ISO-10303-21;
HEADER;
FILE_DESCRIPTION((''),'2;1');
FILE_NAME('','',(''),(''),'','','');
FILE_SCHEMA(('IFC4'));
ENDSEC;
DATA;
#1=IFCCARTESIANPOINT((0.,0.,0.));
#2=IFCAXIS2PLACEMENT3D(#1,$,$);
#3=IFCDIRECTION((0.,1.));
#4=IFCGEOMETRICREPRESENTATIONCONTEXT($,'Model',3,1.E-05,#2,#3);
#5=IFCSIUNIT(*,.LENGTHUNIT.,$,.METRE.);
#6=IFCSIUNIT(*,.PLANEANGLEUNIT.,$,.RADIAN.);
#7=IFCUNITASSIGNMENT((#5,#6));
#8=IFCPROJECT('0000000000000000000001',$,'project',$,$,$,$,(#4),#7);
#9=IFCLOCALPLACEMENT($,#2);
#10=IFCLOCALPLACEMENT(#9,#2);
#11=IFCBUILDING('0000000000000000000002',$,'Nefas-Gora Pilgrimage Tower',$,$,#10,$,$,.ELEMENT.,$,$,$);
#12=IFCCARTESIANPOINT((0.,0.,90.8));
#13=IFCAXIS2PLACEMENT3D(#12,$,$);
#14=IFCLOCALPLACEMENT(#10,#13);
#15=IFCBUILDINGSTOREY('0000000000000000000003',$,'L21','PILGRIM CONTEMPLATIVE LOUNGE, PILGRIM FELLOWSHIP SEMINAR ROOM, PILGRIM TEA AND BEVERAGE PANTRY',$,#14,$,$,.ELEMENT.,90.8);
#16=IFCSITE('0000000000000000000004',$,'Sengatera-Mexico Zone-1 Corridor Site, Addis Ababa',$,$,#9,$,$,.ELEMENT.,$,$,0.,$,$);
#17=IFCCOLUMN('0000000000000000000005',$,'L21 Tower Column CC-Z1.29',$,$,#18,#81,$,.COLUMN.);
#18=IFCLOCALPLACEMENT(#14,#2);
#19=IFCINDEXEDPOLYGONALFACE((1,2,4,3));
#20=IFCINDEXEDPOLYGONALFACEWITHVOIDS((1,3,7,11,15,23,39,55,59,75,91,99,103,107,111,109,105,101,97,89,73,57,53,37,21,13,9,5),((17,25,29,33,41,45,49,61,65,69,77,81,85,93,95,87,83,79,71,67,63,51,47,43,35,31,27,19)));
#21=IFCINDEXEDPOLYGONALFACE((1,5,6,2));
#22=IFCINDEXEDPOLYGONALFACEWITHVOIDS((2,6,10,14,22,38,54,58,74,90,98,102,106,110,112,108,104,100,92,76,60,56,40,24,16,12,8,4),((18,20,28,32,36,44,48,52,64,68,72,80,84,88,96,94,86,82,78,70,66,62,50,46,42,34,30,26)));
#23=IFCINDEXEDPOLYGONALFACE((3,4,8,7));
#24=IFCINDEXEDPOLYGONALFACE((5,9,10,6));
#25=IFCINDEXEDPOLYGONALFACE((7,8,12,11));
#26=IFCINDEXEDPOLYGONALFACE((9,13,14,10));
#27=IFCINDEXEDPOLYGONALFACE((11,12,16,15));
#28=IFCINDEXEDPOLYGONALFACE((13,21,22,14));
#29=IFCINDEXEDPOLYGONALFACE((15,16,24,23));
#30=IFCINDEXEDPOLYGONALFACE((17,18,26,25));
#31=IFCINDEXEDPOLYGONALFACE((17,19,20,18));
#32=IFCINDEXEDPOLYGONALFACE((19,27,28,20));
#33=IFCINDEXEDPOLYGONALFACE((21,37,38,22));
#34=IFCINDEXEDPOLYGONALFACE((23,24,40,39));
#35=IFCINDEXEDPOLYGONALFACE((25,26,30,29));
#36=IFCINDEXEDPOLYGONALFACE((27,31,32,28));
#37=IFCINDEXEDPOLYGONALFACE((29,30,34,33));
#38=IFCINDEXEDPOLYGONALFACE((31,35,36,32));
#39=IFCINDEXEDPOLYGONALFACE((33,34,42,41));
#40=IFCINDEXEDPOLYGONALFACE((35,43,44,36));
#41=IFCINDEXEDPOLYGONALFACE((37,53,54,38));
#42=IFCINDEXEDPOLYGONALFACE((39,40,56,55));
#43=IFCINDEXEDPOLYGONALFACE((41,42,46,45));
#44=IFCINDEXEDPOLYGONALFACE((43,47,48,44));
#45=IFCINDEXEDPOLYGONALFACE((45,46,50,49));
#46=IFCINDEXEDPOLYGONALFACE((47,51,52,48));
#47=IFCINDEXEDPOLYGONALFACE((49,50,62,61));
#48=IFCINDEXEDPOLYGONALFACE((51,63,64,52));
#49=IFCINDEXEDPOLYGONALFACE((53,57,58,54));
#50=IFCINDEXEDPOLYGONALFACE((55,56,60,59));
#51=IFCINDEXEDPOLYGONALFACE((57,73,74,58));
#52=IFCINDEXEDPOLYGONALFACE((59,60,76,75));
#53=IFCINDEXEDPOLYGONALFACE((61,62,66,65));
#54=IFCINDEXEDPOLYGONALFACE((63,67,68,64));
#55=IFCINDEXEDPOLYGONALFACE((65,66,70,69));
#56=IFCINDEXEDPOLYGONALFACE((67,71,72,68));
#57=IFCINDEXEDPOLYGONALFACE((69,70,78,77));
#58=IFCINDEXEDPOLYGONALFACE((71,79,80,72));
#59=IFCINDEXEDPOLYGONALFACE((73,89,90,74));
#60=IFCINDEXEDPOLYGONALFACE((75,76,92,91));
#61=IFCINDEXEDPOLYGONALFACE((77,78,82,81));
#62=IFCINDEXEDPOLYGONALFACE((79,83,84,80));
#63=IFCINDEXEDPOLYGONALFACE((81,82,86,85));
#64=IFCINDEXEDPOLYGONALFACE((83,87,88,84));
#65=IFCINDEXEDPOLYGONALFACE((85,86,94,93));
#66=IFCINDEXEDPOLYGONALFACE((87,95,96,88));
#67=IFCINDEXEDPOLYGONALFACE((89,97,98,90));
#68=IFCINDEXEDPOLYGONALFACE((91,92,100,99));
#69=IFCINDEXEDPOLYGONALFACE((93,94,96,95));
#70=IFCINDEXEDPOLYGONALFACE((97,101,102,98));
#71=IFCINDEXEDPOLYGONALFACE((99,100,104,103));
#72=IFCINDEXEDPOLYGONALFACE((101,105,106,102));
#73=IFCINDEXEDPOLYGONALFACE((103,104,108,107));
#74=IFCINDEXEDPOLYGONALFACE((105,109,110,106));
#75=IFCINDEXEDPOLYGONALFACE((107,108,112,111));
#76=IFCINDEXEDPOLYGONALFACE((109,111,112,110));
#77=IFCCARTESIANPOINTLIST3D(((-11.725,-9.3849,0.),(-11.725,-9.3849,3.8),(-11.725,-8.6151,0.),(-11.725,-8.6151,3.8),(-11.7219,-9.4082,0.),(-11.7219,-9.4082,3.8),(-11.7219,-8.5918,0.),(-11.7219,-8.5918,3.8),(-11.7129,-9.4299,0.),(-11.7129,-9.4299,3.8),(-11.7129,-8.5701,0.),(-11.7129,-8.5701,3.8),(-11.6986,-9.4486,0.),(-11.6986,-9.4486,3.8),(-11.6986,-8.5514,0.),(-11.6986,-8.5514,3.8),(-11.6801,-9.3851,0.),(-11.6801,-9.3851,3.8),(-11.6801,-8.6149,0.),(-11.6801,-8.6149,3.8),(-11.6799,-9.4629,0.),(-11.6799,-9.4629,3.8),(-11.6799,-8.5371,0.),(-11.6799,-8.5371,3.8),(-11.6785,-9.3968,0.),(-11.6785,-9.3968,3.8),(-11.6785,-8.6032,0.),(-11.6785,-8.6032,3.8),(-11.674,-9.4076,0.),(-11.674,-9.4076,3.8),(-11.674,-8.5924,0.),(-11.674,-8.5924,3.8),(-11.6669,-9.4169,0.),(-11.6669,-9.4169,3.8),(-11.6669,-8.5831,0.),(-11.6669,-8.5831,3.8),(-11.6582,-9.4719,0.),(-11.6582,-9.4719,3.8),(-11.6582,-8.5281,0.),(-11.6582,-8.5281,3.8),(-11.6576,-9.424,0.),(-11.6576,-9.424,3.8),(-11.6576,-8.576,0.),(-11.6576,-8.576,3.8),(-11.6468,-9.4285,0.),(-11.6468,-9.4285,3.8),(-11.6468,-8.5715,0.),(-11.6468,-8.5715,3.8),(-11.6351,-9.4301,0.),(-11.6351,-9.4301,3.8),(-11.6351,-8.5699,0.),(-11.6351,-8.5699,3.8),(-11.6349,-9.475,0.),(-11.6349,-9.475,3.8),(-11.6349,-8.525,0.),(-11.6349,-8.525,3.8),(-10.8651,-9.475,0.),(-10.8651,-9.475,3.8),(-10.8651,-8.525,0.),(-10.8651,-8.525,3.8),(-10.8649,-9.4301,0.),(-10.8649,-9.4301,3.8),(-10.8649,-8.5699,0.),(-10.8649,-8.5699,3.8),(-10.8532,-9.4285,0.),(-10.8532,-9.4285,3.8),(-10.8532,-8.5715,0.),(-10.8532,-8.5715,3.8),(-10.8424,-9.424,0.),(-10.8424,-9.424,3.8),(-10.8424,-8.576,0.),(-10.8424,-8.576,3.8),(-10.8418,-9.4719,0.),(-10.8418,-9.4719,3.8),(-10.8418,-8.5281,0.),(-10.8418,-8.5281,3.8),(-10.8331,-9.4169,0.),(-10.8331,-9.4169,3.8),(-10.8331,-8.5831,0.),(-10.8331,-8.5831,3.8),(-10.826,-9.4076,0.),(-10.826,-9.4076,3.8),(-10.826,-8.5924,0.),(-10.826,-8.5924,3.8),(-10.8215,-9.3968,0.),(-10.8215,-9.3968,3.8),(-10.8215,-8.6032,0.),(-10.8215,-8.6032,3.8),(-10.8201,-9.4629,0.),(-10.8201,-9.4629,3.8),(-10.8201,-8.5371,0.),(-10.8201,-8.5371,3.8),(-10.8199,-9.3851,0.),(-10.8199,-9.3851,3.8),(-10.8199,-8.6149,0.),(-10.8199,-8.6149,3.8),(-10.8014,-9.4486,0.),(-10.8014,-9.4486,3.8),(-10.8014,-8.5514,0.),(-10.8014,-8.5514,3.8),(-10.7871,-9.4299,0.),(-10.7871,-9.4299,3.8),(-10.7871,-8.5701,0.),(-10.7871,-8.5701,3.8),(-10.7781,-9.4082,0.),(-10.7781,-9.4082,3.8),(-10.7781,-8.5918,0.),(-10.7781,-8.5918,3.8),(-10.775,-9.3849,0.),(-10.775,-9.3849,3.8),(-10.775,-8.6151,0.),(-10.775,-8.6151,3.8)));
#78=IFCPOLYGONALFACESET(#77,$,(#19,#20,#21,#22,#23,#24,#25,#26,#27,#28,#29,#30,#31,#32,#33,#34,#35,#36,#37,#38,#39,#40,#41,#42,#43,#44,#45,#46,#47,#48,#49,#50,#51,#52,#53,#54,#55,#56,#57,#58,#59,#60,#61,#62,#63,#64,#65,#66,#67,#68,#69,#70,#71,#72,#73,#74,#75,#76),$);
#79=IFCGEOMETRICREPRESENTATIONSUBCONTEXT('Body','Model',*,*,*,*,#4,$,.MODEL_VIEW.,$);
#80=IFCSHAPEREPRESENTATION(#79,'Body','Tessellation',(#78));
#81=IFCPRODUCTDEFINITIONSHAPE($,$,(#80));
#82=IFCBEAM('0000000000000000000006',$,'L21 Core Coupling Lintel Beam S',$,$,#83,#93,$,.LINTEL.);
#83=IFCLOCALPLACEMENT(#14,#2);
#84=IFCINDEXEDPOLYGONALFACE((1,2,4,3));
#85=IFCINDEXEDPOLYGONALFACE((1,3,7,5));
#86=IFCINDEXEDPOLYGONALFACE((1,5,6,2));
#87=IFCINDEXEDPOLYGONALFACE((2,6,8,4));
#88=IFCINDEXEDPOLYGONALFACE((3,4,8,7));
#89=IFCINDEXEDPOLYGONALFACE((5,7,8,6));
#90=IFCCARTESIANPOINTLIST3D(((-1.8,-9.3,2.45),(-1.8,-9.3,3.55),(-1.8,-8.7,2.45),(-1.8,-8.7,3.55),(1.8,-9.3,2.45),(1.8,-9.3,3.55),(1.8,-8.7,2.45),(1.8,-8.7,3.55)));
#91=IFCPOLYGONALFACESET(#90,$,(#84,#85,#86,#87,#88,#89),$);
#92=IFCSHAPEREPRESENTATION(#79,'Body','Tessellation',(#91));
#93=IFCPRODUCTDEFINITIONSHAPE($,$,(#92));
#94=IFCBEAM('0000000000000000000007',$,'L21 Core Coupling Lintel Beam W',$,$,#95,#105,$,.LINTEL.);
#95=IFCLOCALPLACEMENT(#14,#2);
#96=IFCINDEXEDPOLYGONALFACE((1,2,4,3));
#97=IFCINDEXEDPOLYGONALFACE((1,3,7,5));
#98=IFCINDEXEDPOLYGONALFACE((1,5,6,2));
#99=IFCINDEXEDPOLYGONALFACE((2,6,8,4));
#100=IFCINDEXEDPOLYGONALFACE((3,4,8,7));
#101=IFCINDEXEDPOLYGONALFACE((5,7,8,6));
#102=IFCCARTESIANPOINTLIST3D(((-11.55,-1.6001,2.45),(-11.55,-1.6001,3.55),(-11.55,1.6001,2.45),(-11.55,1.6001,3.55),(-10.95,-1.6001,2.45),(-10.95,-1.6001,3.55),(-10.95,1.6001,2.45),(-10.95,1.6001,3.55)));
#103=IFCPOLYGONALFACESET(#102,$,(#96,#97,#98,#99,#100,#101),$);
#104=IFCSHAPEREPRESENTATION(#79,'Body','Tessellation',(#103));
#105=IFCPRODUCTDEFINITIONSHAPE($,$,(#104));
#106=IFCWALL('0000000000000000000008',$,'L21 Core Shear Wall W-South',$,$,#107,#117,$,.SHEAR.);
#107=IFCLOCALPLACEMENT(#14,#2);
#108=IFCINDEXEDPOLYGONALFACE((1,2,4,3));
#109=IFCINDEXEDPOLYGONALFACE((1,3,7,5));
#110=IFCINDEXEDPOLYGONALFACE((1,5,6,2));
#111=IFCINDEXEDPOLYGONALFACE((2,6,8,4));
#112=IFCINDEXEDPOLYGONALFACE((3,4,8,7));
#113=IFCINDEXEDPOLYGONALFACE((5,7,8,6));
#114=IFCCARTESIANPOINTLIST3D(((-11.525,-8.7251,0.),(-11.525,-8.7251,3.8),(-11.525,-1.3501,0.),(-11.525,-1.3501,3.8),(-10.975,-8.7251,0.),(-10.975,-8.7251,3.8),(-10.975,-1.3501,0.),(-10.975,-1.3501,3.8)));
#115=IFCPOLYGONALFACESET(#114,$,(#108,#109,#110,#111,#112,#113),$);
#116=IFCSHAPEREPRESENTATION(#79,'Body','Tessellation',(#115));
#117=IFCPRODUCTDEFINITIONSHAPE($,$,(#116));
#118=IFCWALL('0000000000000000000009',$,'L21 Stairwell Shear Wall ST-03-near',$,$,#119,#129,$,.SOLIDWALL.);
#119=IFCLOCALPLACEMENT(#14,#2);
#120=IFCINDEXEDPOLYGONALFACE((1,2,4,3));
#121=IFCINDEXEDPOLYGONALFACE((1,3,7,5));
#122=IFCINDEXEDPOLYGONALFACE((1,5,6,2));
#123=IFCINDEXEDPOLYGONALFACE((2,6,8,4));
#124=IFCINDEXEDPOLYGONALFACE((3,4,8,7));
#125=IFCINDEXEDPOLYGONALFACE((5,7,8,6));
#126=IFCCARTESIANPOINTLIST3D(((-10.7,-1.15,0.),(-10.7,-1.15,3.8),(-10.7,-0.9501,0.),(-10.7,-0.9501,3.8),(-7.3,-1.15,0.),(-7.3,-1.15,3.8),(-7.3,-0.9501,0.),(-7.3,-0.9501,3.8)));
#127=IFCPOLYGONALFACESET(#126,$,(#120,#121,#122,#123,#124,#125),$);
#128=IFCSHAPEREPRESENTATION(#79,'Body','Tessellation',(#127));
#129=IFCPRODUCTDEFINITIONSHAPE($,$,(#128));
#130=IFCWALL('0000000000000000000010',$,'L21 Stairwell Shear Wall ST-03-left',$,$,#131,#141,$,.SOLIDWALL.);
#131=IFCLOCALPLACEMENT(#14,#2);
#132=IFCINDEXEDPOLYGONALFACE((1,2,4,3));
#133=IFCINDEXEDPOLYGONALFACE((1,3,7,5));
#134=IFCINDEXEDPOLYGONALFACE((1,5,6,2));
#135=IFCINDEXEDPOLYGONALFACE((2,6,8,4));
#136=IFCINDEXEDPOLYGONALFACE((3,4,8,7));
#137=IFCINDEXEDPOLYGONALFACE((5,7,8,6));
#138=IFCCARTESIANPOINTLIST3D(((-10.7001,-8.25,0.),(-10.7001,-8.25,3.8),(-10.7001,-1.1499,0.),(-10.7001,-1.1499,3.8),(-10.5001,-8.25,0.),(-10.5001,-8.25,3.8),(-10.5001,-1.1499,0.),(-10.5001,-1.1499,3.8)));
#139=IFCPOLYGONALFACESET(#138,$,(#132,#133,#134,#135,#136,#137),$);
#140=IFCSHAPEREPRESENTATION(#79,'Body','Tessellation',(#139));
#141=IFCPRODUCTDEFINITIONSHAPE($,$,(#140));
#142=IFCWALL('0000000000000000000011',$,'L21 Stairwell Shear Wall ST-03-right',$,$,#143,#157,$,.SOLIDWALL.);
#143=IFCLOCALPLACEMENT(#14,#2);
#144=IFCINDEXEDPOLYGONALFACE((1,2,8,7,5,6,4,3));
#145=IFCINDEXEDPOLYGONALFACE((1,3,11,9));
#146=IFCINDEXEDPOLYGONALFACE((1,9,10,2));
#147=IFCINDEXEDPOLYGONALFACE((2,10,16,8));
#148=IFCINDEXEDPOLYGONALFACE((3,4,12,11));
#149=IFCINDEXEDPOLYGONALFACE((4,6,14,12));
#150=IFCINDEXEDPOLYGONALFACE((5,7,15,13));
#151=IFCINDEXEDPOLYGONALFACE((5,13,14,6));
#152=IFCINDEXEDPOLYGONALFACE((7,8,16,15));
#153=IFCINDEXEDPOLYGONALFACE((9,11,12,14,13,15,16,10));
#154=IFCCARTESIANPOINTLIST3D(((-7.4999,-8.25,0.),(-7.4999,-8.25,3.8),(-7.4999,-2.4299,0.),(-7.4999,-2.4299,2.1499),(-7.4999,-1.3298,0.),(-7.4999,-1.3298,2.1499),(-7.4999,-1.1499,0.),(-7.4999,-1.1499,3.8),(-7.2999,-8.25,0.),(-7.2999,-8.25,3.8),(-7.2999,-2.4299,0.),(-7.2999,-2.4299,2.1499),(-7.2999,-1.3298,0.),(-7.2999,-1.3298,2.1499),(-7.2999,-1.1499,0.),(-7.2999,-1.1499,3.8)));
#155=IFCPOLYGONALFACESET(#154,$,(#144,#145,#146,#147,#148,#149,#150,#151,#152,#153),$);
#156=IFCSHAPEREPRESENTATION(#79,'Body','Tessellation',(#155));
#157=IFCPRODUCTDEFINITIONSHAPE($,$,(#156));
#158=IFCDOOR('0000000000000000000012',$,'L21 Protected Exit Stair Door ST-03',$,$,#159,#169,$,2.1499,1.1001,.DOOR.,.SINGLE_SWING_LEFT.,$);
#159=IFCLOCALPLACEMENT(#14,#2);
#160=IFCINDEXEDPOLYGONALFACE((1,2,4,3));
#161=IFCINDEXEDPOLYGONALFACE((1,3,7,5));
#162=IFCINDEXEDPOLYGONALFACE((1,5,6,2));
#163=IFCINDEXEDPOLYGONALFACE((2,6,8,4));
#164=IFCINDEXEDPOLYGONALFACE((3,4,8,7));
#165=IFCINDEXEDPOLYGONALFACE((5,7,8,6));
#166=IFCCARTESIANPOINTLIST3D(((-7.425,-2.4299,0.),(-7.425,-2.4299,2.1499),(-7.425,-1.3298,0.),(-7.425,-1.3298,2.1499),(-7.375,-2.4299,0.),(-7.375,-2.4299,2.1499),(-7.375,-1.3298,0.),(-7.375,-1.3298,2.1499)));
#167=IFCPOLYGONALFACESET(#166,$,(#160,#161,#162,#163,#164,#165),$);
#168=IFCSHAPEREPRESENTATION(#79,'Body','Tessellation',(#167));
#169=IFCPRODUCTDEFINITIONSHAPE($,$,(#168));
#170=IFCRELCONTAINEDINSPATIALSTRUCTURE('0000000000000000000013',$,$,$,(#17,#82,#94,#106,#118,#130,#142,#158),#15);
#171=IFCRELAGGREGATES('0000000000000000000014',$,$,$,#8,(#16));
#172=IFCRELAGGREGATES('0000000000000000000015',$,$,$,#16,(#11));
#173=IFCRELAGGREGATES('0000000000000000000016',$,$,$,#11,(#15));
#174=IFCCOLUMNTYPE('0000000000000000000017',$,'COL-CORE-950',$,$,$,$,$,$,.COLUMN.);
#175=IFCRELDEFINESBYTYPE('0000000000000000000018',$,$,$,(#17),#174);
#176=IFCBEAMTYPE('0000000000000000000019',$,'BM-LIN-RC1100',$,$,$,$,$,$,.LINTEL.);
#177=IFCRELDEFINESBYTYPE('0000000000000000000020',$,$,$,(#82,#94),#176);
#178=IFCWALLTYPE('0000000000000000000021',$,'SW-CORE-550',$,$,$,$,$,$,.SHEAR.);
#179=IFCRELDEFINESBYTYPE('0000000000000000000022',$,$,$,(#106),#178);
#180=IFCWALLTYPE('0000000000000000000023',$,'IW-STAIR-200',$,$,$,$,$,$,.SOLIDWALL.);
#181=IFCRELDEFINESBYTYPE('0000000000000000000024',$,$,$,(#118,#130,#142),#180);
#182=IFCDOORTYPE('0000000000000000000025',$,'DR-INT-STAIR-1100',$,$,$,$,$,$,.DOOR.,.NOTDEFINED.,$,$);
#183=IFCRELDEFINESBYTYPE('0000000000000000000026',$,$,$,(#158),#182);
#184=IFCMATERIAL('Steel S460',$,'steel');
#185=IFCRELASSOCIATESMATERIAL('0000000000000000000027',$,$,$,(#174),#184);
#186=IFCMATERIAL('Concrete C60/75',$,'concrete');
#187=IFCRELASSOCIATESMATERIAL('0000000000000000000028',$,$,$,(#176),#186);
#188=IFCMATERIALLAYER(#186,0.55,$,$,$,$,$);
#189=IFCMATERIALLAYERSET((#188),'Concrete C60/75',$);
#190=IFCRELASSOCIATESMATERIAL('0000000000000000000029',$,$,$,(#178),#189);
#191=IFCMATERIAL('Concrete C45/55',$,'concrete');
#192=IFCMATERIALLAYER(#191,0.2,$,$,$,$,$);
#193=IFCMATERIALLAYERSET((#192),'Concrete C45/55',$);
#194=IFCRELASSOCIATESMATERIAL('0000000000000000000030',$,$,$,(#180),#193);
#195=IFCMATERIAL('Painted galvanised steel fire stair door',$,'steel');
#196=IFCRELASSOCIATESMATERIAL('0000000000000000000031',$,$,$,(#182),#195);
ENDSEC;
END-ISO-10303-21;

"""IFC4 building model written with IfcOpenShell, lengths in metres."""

from ifc_helpers import new_model, si_unit, direction, frame, frame_2d, origin, origin_2d, place, context, subcontext, project, spatial, rectangle, hollow_rectangle, extrude, source, transform, mapped, material, layer, layer_set, material_profile, profile_set, type_object, element, fill, save


model = new_model("IFC4")

# Units and contexts
model_context = context("Model", 3, precision=1e-05, world=origin(), true_north=direction((0.0, 1.0)))
body_context = subcontext(model_context, "Body", "Model", "MODEL_VIEW")
ifc_project = project(units=[si_unit("LENGTHUNIT", "METRE"), si_unit("PLANEANGLEUNIT", "RADIAN")], contexts=[model_context])

# Site, building, storey
site_placement = place(None, origin())
site = spatial("IfcSite", under=ifc_project, at=site_placement, Name="Sengatera-Mexico Zone-1 Corridor Site, Addis Ababa", CompositionType="ELEMENT", RefElevation=0.0)
building_placement = place(site_placement, origin())
building = spatial("IfcBuilding", under=site, at=building_placement, Name="Nefas-Gora Pilgrimage Tower", CompositionType="ELEMENT")
storey_placement = place(building_placement, frame((0.0, 0.0, 90.8)))
storey = spatial("IfcBuildingStorey", under=building, at=storey_placement, Name="L21", Description="PILGRIM CONTEMPLATIVE LOUNGE, PILGRIM FELLOWSHIP SEMINAR ROOM, PILGRIM TEA AND BEVERAGE PANTRY", CompositionType="ELEMENT", Elevation=90.8)

# Column
ifc_material_1 = material(Name="Steel S460", Category="steel")
ifc_material_profile_1 = material_profile(ifc_material_1, hollow_rectangle(XDim=0.95, YDim=0.95, WallThickness=0.0449, InnerFilletRadius=0.0449, OuterFilletRadius=0.0901, at=origin_2d()), Name="BOX 950x950x45")
ifc_profile_set_1 = profile_set([ifc_material_profile_1], Name="Steel S460")
column_type = type_object("IfcColumnType", Name="COL-CORE-950", PredefinedType="COLUMN", material=ifc_profile_set_1)
shared_shape_1 = source(origin(), body_context, "Body", "SweptSolid", [
    extrude(hollow_rectangle(XDim=0.95, YDim=0.95, WallThickness=0.0449, InnerFilletRadius=0.0449, OuterFilletRadius=0.0901, at=origin_2d()), origin(), (0.0, 0.0, 1.0), 3.8),
])
column_placement = place(storey_placement, frame((-11.25, -9.0, 0.0), z_axis=(0.0, 0.0, 1.0), x_axis=(1.0, 0.0, 0.0)))
element("IfcColumn", 1, at=column_placement, inside=storey, type_object=column_type, Name="L21 Tower Column CC-Z1.29", PredefinedType="COLUMN", context=body_context, shape_type="MappedRepresentation", body=[
    mapped(shared_shape_1, transform((0.0, 0.0, 0.0), x_axis=(1.0, 0.0, 0.0), y_axis=(0.0, 1.0, 0.0), z_axis=(0.0, 0.0, 1.0), scale=1.0)),
])

# Beams
ifc_material_2 = material(Name="Concrete C60/75", Category="concrete")
ifc_material_profile_2 = material_profile(ifc_material_2, rectangle(XDim=0.6001, YDim=1.1001, at=origin_2d()), Name="RC 600x1100")
ifc_profile_set_2 = profile_set([ifc_material_profile_2], Name="Concrete C60/75")
beam_type = type_object("IfcBeamType", Name="BM-LIN-RC1100", PredefinedType="LINTEL", material=ifc_profile_set_2)
shared_shape_2 = source(origin(), body_context, "Body", "SweptSolid", [
    extrude(rectangle(XDim=0.6001, YDim=1.1001, at=origin_2d()), origin(), (0.0, 0.0, 1.0), 3.6001),
])
beam_1_placement = place(storey_placement, frame((-1.8, -9.0, 3.0), z_axis=(1.0, 0.0, 0.0), x_axis=(0.0, 1.0, 0.0)))
element("IfcBeam", 2, at=beam_1_placement, inside=storey, type_object=beam_type, Name="L21 Core Coupling Lintel Beam S", PredefinedType="LINTEL", context=body_context, shape_type="MappedRepresentation", body=[
    mapped(shared_shape_2, transform((0.0, 0.0, 0.0), x_axis=(1.0, 0.0, 0.0), y_axis=(0.0, 1.0, 0.0), z_axis=(0.0, 0.0, 1.0), scale=1.0)),
])
shared_shape_3 = source(origin(), body_context, "Body", "SweptSolid", [
    extrude(rectangle(XDim=0.6001, YDim=1.1001, at=origin_2d()), origin(), (0.0, 0.0, 1.0), 3.2002),
])
beam_2_placement = place(storey_placement, frame((-11.25, -1.6001, 3.0), z_axis=(0.0, 1.0, 0.0), x_axis=(-1.0, 0.0, 0.0)))
element("IfcBeam", 3, at=beam_2_placement, inside=storey, type_object=beam_type, Name="L21 Core Coupling Lintel Beam W", PredefinedType="LINTEL", context=body_context, shape_type="MappedRepresentation", body=[
    mapped(shared_shape_3, transform((0.0, 0.0, 0.0), x_axis=(1.0, 0.0, 0.0), y_axis=(0.0, 1.0, 0.0), z_axis=(0.0, 0.0, 1.0), scale=1.0)),
])

# Walls
ifc_layer_1 = layer(ifc_material_2, 0.55)
ifc_layer_set_1 = layer_set([ifc_layer_1], Name="Concrete C60/75")
wall_type_1 = type_object("IfcWallType", Name="SW-CORE-550", PredefinedType="SHEAR", material=ifc_layer_set_1)
shared_shape_4 = source(origin(), body_context, "Body", "SweptSolid", [
    extrude(rectangle(XDim=7.375, YDim=0.55, at=frame_2d((3.6875, 0.0))), origin(), (0.0, 0.0, 1.0), 3.8),
])
wall_1_placement = place(storey_placement, frame((-11.25, -8.7251, 0.0), z_axis=(0.0, 0.0, 1.0), x_axis=(0.0, 1.0, 0.0)))
element("IfcWall", 4, at=wall_1_placement, inside=storey, type_object=wall_type_1, Name="L21 Core Shear Wall W-South", PredefinedType="SHEAR", context=body_context, shape_type="MappedRepresentation", body=[
    mapped(shared_shape_4, transform((0.0, 0.0, 0.0), x_axis=(1.0, 0.0, 0.0), y_axis=(0.0, 1.0, 0.0), z_axis=(0.0, 0.0, 1.0), scale=1.0)),
])
ifc_material_3 = material(Name="Concrete C45/55", Category="concrete")
ifc_layer_2 = layer(ifc_material_3, 0.2)
ifc_layer_set_2 = layer_set([ifc_layer_2], Name="Concrete C45/55")
wall_type_2 = type_object("IfcWallType", Name="IW-STAIR-200", PredefinedType="SOLIDWALL", material=ifc_layer_set_2)
shared_shape_5 = source(origin(), body_context, "Body", "SweptSolid", [
    extrude(rectangle(XDim=3.3999, YDim=0.2, at=frame_2d((1.7, 0.0))), origin(), (0.0, 0.0, 1.0), 3.8),
])
wall_2_placement = place(storey_placement, frame((-10.7, -1.05, 0.0), z_axis=(0.0, 0.0, 1.0), x_axis=(1.0, 0.0, 0.0)))
element("IfcWall", 5, at=wall_2_placement, inside=storey, type_object=wall_type_2, Name="L21 Stairwell Shear Wall ST-03-near", PredefinedType="SOLIDWALL", context=body_context, shape_type="MappedRepresentation", body=[
    mapped(shared_shape_5, transform((0.0, 0.0, 0.0), x_axis=(1.0, 0.0, 0.0), y_axis=(0.0, 1.0, 0.0), z_axis=(0.0, 0.0, 1.0), scale=1.0)),
])
shared_shape_6 = source(origin(), body_context, "Body", "SweptSolid", [
    extrude(rectangle(XDim=7.1001, YDim=0.2, at=frame_2d((3.55, 0.0))), origin(), (0.0, 0.0, 1.0), 3.8),
])
wall_3_placement = place(storey_placement, frame((-10.6001, -1.1499, 0.0), z_axis=(0.0, 0.0, 1.0), x_axis=(0.0, -1.0, 0.0)))
element("IfcWall", 6, at=wall_3_placement, inside=storey, type_object=wall_type_2, Name="L21 Stairwell Shear Wall ST-03-left", PredefinedType="SOLIDWALL", context=body_context, shape_type="MappedRepresentation", body=[
    mapped(shared_shape_6, transform((0.0, 0.0, 0.0), x_axis=(1.0, 0.0, 0.0), y_axis=(0.0, 1.0, 0.0), z_axis=(0.0, 0.0, 1.0), scale=1.0)),
])

# Wall, opening, door
wall_4_placement = place(storey_placement, frame((-7.3999, -1.1499, 0.0), z_axis=(0.0, 0.0, 1.0), x_axis=(0.0, -1.0, 0.0)))
wall_4 = element("IfcWall", 7, at=wall_4_placement, inside=storey, type_object=wall_type_2, Name="L21 Stairwell Shear Wall ST-03-right", PredefinedType="SOLIDWALL", context=body_context, shape_type="MappedRepresentation", body=[
    mapped(shared_shape_6, transform((0.0, 0.0, 0.0), x_axis=(1.0, 0.0, 0.0), y_axis=(0.0, 1.0, 0.0), z_axis=(0.0, 0.0, 1.0), scale=1.0)),
])
opening_1_placement = place(wall_4_placement, frame((0.1799, 0.0, 0.0)))
opening_1 = element("IfcOpeningElement", 8, at=opening_1_placement, cuts=wall_4, PredefinedType="OPENING", context=body_context, shape_type="SweptSolid", body=[
    extrude(rectangle(XDim=1.1001, YDim=2.1499, at=frame_2d((0.55, 1.075))), frame((0.0, 0.1099, 0.0), z_axis=(0.0, -1.0, 0.0), x_axis=(1.0, 0.0, 0.0)), (0.0, 0.0, 1.0), 0.22),
])
ifc_material_4 = material(Name="Painted galvanised steel fire stair door", Category="steel")
door_type_1 = type_object("IfcDoorType", Name="DR-INT-STAIR-1100", OperationType="NOTDEFINED", PredefinedType="DOOR", material=ifc_material_4)
shared_shape_7 = source(origin(), body_context, "Body", "SweptSolid", [
    extrude(rectangle(XDim=1.1001, YDim=2.1499, at=frame_2d((0.55, 1.075))), frame((0.0, 0.0249, 0.0), z_axis=(0.0, -1.0, 0.0), x_axis=(1.0, 0.0, 0.0)), (0.0, 0.0, 1.0), 0.05),
])
door_1_placement = place(opening_1_placement, origin())
door_1 = element("IfcDoor", 9, at=door_1_placement, inside=storey, type_object=door_type_1, Name="L21 Protected Exit Stair Door ST-03", OperationType="SINGLE_SWING_LEFT", OverallHeight=2.1499, OverallWidth=1.1001, PredefinedType="DOOR", context=body_context, shape_type="MappedRepresentation", body=[
    mapped(shared_shape_7, transform((0.0, 0.0, 0.0), x_axis=(1.0, 0.0, 0.0), y_axis=(0.0, 1.0, 0.0), z_axis=(0.0, 0.0, 1.0), scale=1.0)),
])
fill(opening_1, door_1)

save(model, "model.ifc")
